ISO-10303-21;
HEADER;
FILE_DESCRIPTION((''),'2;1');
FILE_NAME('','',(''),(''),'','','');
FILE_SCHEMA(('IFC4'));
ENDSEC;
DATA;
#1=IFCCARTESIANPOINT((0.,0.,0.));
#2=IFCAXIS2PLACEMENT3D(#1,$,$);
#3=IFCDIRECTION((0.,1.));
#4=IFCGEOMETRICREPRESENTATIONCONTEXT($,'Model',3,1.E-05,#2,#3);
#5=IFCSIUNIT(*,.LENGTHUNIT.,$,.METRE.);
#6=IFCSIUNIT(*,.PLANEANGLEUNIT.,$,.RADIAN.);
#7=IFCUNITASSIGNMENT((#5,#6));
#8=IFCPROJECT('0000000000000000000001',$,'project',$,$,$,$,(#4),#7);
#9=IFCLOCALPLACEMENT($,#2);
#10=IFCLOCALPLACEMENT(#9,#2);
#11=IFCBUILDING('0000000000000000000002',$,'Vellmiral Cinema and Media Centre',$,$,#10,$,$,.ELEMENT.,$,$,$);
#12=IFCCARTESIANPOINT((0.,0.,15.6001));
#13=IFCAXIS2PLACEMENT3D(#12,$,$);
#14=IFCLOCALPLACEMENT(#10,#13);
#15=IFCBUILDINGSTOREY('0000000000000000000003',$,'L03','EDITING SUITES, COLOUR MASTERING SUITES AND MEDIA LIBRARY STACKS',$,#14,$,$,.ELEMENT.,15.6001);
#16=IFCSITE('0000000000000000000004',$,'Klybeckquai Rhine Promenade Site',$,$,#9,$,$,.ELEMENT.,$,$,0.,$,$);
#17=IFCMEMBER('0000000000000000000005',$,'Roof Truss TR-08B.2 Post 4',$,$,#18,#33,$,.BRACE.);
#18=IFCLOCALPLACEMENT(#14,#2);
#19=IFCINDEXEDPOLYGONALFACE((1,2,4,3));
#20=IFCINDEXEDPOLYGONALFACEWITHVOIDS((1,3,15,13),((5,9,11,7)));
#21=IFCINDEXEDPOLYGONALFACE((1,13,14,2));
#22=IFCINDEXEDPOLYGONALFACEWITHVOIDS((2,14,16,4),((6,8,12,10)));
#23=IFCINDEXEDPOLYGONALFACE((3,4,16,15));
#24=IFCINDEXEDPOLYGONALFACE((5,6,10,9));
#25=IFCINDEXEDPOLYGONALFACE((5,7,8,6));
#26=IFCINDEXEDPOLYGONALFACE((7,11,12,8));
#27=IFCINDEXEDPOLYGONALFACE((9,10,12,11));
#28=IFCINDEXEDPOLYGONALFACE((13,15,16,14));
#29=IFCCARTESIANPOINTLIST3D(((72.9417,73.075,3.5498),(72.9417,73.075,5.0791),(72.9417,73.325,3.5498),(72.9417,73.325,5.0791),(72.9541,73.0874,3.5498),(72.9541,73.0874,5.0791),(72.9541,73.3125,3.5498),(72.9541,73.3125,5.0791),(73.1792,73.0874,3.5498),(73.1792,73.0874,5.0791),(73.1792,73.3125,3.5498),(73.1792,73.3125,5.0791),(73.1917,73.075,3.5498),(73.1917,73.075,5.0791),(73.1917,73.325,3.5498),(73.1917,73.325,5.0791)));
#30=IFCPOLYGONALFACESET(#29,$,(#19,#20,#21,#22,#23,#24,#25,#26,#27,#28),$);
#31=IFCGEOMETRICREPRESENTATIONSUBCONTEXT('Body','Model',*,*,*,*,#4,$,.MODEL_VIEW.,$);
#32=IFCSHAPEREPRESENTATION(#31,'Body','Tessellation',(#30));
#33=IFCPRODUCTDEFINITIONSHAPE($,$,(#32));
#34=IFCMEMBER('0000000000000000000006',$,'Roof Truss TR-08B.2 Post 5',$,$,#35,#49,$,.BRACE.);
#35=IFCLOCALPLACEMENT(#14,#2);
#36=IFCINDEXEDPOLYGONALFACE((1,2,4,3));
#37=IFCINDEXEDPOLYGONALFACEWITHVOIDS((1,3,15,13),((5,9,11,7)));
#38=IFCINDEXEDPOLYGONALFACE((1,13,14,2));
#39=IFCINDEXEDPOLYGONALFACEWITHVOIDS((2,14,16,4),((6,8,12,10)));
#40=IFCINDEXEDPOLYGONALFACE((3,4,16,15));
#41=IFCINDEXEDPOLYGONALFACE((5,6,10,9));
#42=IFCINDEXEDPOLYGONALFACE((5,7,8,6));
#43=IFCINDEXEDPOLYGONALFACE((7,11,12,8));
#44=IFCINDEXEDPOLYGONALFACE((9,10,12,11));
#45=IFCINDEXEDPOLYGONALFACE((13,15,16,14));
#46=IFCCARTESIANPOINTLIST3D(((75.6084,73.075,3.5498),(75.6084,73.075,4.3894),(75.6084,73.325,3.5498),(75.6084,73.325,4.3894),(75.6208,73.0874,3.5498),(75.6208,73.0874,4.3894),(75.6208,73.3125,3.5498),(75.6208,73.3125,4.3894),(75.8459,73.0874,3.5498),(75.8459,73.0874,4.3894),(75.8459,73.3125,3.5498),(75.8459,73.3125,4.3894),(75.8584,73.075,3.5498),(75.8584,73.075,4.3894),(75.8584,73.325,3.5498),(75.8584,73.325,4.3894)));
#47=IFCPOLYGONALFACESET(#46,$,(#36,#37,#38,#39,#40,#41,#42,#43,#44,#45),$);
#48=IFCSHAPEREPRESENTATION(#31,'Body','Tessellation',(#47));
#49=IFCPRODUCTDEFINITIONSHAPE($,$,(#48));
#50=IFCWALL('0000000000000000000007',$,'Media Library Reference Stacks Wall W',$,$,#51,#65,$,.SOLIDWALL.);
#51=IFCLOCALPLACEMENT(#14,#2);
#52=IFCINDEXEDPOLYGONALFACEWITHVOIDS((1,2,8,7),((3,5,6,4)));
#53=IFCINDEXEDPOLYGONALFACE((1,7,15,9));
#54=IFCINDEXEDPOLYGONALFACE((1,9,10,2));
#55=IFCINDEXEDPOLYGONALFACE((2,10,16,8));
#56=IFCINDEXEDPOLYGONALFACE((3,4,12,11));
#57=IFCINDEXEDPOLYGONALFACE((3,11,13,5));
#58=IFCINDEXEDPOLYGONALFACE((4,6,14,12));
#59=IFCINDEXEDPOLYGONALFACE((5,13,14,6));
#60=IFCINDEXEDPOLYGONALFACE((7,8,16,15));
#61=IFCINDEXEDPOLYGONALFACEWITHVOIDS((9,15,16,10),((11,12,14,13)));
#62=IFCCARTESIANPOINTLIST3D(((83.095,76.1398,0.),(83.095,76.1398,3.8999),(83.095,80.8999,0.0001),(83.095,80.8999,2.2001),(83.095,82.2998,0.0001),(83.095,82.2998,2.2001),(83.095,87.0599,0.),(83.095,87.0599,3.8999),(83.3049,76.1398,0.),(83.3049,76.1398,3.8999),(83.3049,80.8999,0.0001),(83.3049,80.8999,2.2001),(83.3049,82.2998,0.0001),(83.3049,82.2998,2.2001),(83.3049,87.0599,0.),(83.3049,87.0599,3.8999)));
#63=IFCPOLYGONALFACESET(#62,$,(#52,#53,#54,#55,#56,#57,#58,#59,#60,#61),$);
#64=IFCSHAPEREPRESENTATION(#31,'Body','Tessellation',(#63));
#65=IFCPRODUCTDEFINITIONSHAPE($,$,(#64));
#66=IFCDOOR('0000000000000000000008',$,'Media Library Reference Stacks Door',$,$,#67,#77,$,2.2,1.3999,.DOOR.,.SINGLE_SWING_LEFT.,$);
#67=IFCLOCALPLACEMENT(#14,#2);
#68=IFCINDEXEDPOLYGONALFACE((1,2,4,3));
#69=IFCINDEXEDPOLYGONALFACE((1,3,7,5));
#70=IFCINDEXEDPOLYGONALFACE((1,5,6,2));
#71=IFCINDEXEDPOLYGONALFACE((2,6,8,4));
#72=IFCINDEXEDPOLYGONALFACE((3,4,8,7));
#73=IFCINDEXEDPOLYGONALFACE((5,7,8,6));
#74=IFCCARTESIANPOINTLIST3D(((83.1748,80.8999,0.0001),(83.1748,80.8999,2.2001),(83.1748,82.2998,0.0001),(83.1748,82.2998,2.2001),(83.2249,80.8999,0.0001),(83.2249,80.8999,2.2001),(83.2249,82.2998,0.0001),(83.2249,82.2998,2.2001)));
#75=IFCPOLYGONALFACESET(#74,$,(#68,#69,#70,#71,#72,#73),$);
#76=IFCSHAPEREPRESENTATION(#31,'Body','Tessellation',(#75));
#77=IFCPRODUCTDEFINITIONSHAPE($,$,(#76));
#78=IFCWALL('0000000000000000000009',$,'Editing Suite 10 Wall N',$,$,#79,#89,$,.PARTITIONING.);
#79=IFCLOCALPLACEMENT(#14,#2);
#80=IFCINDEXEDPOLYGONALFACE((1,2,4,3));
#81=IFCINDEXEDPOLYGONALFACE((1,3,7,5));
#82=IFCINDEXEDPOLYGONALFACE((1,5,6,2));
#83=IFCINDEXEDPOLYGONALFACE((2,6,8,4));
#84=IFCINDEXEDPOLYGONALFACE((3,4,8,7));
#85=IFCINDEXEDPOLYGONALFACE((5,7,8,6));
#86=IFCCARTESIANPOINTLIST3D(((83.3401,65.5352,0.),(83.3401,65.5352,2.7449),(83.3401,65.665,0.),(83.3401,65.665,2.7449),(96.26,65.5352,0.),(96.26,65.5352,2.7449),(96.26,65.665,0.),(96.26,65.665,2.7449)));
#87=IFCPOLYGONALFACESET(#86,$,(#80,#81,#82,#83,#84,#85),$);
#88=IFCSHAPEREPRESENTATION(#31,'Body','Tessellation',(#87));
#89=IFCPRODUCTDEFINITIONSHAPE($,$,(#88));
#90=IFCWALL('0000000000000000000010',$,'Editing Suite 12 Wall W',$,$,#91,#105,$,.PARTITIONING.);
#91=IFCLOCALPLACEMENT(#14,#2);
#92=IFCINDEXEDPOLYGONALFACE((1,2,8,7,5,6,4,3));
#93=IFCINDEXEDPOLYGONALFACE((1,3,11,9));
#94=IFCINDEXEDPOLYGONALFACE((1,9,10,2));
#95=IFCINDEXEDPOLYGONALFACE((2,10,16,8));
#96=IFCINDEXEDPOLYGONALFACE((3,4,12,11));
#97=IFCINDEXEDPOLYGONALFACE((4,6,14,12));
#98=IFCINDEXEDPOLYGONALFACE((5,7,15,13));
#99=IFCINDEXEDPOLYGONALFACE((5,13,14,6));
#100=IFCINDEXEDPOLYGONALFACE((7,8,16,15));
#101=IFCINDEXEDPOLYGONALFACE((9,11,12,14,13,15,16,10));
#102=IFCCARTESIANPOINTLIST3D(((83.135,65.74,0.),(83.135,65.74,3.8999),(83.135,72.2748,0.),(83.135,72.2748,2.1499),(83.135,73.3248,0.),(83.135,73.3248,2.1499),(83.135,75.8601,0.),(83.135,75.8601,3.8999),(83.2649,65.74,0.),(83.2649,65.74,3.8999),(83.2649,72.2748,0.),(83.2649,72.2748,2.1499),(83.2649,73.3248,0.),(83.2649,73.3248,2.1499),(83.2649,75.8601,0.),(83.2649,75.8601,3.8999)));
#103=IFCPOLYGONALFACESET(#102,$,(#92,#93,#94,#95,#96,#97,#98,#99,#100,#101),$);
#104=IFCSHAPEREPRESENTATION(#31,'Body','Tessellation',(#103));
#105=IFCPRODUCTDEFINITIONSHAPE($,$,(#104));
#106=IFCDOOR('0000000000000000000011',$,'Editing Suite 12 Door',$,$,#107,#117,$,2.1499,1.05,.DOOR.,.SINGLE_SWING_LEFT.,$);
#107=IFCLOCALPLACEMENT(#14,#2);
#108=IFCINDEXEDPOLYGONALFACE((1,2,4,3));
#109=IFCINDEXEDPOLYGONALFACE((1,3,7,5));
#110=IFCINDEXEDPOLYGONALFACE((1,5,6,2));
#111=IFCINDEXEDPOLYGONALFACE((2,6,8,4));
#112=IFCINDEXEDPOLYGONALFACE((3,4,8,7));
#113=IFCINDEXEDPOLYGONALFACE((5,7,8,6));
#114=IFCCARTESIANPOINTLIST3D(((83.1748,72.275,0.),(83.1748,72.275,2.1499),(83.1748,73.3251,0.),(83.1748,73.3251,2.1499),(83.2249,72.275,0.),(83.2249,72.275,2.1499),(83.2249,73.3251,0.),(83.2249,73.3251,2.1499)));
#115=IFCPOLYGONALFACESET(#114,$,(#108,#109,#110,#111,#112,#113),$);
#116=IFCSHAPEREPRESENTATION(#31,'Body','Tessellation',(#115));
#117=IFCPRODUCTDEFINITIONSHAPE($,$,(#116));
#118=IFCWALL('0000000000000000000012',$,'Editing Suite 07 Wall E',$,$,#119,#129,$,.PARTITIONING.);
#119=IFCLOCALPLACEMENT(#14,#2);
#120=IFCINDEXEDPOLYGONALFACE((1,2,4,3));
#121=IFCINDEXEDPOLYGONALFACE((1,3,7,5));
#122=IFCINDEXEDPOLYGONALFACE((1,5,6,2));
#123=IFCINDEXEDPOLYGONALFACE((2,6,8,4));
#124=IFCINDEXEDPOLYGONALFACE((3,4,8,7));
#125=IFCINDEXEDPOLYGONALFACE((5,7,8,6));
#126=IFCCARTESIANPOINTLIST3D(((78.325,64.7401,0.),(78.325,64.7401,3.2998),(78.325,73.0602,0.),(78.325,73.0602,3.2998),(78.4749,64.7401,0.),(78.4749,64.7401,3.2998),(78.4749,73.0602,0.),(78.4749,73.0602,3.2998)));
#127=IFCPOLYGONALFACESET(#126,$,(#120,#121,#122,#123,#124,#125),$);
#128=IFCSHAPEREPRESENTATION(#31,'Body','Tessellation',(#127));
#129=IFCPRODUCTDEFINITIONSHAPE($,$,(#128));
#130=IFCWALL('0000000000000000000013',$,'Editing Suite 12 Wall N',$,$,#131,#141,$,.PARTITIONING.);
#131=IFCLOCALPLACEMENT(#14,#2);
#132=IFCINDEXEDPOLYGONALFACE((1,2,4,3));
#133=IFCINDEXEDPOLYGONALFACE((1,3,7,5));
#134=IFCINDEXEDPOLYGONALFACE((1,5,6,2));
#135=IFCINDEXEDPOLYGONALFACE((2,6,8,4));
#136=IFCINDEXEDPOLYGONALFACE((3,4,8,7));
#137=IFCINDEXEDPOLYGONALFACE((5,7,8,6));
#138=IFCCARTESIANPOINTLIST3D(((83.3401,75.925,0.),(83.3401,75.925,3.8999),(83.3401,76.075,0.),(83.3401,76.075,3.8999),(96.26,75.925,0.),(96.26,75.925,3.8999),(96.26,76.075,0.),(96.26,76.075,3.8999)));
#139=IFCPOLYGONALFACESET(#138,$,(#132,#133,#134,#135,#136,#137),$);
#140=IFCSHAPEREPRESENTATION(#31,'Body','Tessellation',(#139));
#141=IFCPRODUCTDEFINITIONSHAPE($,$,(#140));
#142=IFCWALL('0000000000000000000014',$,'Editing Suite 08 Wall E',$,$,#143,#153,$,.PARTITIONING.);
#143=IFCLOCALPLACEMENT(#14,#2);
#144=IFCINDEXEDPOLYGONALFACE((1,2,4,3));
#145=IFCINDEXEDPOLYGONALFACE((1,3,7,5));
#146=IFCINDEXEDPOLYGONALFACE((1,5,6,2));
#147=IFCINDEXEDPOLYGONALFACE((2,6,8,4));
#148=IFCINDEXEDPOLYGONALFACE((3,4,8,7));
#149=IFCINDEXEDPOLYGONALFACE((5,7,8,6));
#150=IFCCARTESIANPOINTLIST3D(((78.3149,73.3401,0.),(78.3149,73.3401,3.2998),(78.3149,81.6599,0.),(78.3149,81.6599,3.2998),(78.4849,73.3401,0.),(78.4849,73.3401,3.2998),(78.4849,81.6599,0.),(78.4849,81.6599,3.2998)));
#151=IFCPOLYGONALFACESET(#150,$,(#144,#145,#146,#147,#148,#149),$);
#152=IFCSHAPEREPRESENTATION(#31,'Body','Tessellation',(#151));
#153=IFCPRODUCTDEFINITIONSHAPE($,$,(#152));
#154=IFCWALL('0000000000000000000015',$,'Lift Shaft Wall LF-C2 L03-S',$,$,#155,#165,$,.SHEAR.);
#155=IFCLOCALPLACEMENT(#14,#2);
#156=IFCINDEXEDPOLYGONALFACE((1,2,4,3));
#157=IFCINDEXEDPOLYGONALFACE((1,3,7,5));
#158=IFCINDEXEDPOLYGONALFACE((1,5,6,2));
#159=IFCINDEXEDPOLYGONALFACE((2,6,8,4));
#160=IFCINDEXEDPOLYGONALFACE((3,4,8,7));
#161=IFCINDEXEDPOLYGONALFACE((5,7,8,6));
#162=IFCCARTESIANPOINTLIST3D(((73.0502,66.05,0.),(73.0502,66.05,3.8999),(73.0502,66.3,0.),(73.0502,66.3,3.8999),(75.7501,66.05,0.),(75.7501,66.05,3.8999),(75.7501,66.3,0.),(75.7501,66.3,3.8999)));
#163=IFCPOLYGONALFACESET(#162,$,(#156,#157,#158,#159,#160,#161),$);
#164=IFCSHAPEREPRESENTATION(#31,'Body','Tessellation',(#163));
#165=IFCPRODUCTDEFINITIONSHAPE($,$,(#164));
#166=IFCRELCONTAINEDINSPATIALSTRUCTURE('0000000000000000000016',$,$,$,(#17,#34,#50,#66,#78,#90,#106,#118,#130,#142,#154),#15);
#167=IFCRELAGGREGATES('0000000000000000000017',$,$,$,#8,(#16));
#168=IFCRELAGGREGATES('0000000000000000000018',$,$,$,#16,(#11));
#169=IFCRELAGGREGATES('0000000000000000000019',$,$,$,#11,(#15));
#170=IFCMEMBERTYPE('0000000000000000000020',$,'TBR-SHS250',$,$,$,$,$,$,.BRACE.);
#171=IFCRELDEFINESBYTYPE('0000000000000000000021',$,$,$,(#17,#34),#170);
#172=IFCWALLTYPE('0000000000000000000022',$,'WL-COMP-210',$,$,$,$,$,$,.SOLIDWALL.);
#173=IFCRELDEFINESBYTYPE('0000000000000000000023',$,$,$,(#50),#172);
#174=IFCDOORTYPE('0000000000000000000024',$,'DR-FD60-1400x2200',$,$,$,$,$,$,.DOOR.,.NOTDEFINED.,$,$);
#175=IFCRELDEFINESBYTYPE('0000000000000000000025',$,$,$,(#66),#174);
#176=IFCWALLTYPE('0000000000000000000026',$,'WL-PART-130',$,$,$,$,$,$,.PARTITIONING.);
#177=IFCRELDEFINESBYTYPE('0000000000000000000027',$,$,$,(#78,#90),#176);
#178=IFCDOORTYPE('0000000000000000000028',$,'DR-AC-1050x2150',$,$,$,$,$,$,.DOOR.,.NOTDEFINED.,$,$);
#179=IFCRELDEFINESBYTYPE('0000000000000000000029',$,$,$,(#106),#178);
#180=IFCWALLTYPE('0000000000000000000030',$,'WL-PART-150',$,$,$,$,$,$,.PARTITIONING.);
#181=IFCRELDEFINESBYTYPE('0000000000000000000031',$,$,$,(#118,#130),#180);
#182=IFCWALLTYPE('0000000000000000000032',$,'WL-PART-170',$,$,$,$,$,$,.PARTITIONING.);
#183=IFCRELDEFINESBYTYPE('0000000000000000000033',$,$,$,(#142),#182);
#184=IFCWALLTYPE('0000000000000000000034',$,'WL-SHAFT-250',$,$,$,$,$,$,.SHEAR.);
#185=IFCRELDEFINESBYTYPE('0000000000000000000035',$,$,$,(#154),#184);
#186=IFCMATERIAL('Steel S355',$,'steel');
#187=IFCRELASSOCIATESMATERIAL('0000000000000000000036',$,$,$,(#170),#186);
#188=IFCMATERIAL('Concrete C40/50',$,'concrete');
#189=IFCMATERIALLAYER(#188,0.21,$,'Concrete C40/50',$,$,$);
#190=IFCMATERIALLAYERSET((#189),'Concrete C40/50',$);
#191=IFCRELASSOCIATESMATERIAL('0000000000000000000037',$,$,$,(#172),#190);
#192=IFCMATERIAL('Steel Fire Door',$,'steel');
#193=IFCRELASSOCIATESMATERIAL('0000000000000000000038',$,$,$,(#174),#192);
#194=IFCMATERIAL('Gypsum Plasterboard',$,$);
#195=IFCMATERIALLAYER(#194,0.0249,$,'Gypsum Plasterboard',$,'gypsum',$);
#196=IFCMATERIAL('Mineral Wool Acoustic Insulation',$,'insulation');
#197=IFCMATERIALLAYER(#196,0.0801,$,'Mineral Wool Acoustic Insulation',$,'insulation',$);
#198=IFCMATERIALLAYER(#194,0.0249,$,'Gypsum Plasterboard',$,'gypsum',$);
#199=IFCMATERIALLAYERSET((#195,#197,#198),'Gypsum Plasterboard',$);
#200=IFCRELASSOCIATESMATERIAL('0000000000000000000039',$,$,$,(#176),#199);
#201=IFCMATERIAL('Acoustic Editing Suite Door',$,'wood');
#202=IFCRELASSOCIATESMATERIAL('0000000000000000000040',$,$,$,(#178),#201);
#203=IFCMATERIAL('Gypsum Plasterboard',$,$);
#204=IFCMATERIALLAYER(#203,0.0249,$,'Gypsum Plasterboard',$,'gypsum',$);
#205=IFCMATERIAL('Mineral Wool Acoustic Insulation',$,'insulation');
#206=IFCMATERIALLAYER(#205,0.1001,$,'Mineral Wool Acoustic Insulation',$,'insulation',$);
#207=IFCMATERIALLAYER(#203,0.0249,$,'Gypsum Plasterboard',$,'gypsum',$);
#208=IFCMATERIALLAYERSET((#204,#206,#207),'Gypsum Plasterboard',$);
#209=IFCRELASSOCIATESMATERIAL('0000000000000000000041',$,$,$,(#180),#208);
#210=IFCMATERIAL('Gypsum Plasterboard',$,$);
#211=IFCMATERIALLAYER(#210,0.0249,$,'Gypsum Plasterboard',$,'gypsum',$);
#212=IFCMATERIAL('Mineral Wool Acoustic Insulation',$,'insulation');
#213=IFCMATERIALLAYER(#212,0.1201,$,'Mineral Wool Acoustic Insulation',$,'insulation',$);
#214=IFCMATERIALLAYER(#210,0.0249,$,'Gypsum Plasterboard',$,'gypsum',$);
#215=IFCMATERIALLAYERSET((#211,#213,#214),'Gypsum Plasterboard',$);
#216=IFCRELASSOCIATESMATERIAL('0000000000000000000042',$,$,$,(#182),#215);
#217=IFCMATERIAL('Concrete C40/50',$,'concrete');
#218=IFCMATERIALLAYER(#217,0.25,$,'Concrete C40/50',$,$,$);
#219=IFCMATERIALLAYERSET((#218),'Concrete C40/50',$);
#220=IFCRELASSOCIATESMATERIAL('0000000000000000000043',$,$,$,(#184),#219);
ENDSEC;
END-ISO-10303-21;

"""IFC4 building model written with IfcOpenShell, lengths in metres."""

from ifc_helpers import new_model, si_unit, direction, frame, frame_2d, origin, origin_2d, place, context, subcontext, project, spatial, rectangle, hollow_rectangle, extrude, material, layer, layer_set, material_profile, profile_set, type_object, element, fill, save


model = new_model("IFC4")

# Units and contexts
model_context = context("Model", 3, precision=1e-05, world=origin(), true_north=direction((0.0, 1.0)))
body_context = subcontext(model_context, "Body", "Model", "MODEL_VIEW")
ifc_project = project(units=[si_unit("LENGTHUNIT", "METRE"), si_unit("PLANEANGLEUNIT", "RADIAN")], contexts=[model_context])

# Site, building, storey
site_placement = place(None, origin())
site = spatial("IfcSite", under=ifc_project, at=site_placement, Name="Klybeckquai Rhine Promenade Site", CompositionType="ELEMENT", RefElevation=0.0)
building_placement = place(site_placement, origin())
building = spatial("IfcBuilding", under=site, at=building_placement, Name="Vellmiral Cinema and Media Centre", CompositionType="ELEMENT")
storey_placement = place(building_placement, frame((0.0, 0.0, 15.6001)))
storey = spatial("IfcBuildingStorey", under=building, at=storey_placement, Name="L03", Description="EDITING SUITES, COLOUR MASTERING SUITES AND MEDIA LIBRARY STACKS", CompositionType="ELEMENT", Elevation=15.6001)

# Members
ifc_material_1 = material(Name="Steel S355", Category="steel")
ifc_material_profile_1 = material_profile(ifc_material_1, hollow_rectangle(XDim=0.25, YDim=0.25, WallThickness=0.0125, at=origin_2d()), Name="SHS 250x250x12.5")
ifc_profile_set_1 = profile_set([ifc_material_profile_1], Name="Steel S355")
member_type_1 = type_object("IfcMemberType", Name="TBR-SHS250", PredefinedType="BRACE", material=ifc_profile_set_1)
member_1_placement = place(storey_placement, frame((73.0667, 73.2, 3.5498), z_axis=(0.0, 0.0, 1.0), x_axis=(1.0, 0.0, 0.0)))
element("IfcMember", 1, at=member_1_placement, inside=storey, type_object=member_type_1, Name="Roof Truss TR-08B.2 Post 4", PredefinedType="BRACE", context=body_context, shape_type="SweptSolid", body=[
    extrude(hollow_rectangle(XDim=0.25, YDim=0.25, WallThickness=0.0125, at=origin_2d()), origin(), (0.0, 0.0, 1.0), 1.5293),
])
member_2_placement = place(storey_placement, frame((75.7334, 73.2, 3.5498), z_axis=(0.0, 0.0, 1.0), x_axis=(1.0, 0.0, 0.0)))
element("IfcMember", 2, at=member_2_placement, inside=storey, type_object=member_type_1, Name="Roof Truss TR-08B.2 Post 5", PredefinedType="BRACE", context=body_context, shape_type="SweptSolid", body=[
    extrude(hollow_rectangle(XDim=0.25, YDim=0.25, WallThickness=0.0125, at=origin_2d()), origin(), (0.0, 0.0, 1.0), 0.8396),
])

# Wall, opening, door
ifc_material_2 = material(Name="Concrete C40/50", Category="concrete")
ifc_layer_1 = layer(ifc_material_2, 0.21, Name="Concrete C40/50")
ifc_layer_set_1 = layer_set([ifc_layer_1], Name="Concrete C40/50")
wall_type_1 = type_object("IfcWallType", Name="WL-COMP-210", PredefinedType="SOLIDWALL", material=ifc_layer_set_1)
wall_1_placement = place(storey_placement, frame((83.2, 76.1399, 0.0), z_axis=(0.0, 0.0, 1.0), x_axis=(0.0, 1.0, 0.0)))
wall_1 = element("IfcWall", 3, at=wall_1_placement, inside=storey, type_object=wall_type_1, Name="Media Library Reference Stacks Wall W", PredefinedType="SOLIDWALL", context=body_context, shape_type="SweptSolid", body=[
    extrude(rectangle(XDim=10.9202, YDim=0.21, at=frame_2d((5.46, 0.0))), origin(), (0.0, 0.0, 1.0), 3.8999),
])
opening_1_placement = place(wall_1_placement, frame((4.76, 0.0, 0.0)))
opening_1 = element("IfcOpeningElement", 4, at=opening_1_placement, cuts=wall_1, PredefinedType="OPENING", context=body_context, shape_type="SweptSolid", body=[
    extrude(rectangle(XDim=1.3999, YDim=2.2, at=frame_2d((0.7, 1.1001))), frame((0.0, 0.1169, 0.0), z_axis=(0.0, -1.0, 0.0), x_axis=(1.0, 0.0, 0.0)), (0.0, 0.0, 1.0), 0.2339),
])
ifc_material_3 = material(Name="Steel Fire Door", Category="steel")
door_type_1 = type_object("IfcDoorType", Name="DR-FD60-1400x2200", OperationType="NOTDEFINED", PredefinedType="DOOR", material=ifc_material_3)
door_1_placement = place(opening_1_placement, frame((1.3999, 0.0, 0.0), z_axis=(0.0, 0.0, 1.0), x_axis=(-1.0, 0.0, 0.0)))
door_1 = element("IfcDoor", 5, at=door_1_placement, inside=storey, type_object=door_type_1, Name="Media Library Reference Stacks Door", OperationType="SINGLE_SWING_LEFT", OverallHeight=2.2, OverallWidth=1.3999, PredefinedType="DOOR", context=body_context, shape_type="SweptSolid", body=[
    extrude(rectangle(XDim=1.3999, YDim=2.2, at=frame_2d((0.7, 1.1001))), frame((0.0, 0.0249, 0.0), z_axis=(0.0, -1.0, 0.0), x_axis=(1.0, 0.0, 0.0)), (0.0, 0.0, 1.0), 0.05),
])
fill(opening_1, door_1)

# Wall
ifc_material_4 = material(Name="Gypsum Plasterboard")
ifc_layer_2 = layer(ifc_material_4, 0.0249, Name="Gypsum Plasterboard", Category="gypsum")
ifc_material_5 = material(Name="Mineral Wool Acoustic Insulation", Category="insulation")
ifc_layer_3 = layer(ifc_material_5, 0.0801, Name="Mineral Wool Acoustic Insulation", Category="insulation")
ifc_layer_4 = layer(ifc_material_4, 0.0249, Name="Gypsum Plasterboard", Category="gypsum")
ifc_layer_set_2 = layer_set([ifc_layer_2, ifc_layer_3, ifc_layer_4], Name="Gypsum Plasterboard")
wall_type_2 = type_object("IfcWallType", Name="WL-PART-130", PredefinedType="PARTITIONING", material=ifc_layer_set_2)
wall_2_placement = place(storey_placement, frame((83.3401, 65.6001, 0.0), z_axis=(0.0, 0.0, 1.0), x_axis=(1.0, 0.0, 0.0)))
element("IfcWall", 6, at=wall_2_placement, inside=storey, type_object=wall_type_2, Name="Editing Suite 10 Wall N", PredefinedType="PARTITIONING", context=body_context, shape_type="SweptSolid", body=[
    extrude(rectangle(XDim=12.9199, YDim=0.1299, at=frame_2d((6.46, 0.0))), origin(), (0.0, 0.0, 1.0), 2.7449),
])

# Wall, opening, door
wall_3_placement = place(storey_placement, frame((83.2, 65.74, 0.0), z_axis=(0.0, 0.0, 1.0), x_axis=(0.0, 1.0, 0.0)))
wall_3 = element("IfcWall", 7, at=wall_3_placement, inside=storey, type_object=wall_type_2, Name="Editing Suite 12 Wall W", PredefinedType="PARTITIONING", context=body_context, shape_type="SweptSolid", body=[
    extrude(rectangle(XDim=10.1201, YDim=0.1299, at=frame_2d((5.0601, 0.0))), origin(), (0.0, 0.0, 1.0), 3.8999),
])
opening_2_placement = place(wall_3_placement, frame((6.5349, 0.0, 0.0)))
opening_2 = element("IfcOpeningElement", 8, at=opening_2_placement, cuts=wall_3, PredefinedType="OPENING", context=body_context, shape_type="SweptSolid", body=[
    extrude(rectangle(XDim=1.05, YDim=2.1499, at=frame_2d((0.5249, 1.075))), frame((0.0, 0.0769, 0.0), z_axis=(0.0, -1.0, 0.0), x_axis=(1.0, 0.0, 0.0)), (0.0, 0.0, 1.0), 0.1538),
])
ifc_material_6 = material(Name="Acoustic Editing Suite Door", Category="wood")
door_type_2 = type_object("IfcDoorType", Name="DR-AC-1050x2150", OperationType="NOTDEFINED", PredefinedType="DOOR", material=ifc_material_6)
door_2_placement = place(opening_2_placement, frame((1.05, 0.0, 0.0), z_axis=(0.0, 0.0, 1.0), x_axis=(-1.0, 0.0, 0.0)))
door_2 = element("IfcDoor", 9, at=door_2_placement, inside=storey, type_object=door_type_2, Name="Editing Suite 12 Door", OperationType="SINGLE_SWING_LEFT", OverallHeight=2.1499, OverallWidth=1.05, PredefinedType="DOOR", context=body_context, shape_type="SweptSolid", body=[
    extrude(rectangle(XDim=1.05, YDim=2.1499, at=frame_2d((0.5249, 1.075))), frame((0.0, 0.0249, 0.0), z_axis=(0.0, -1.0, 0.0), x_axis=(1.0, 0.0, 0.0)), (0.0, 0.0, 1.0), 0.05),
])
fill(opening_2, door_2)

# Walls
ifc_material_7 = material(Name="Gypsum Plasterboard")
ifc_layer_5 = layer(ifc_material_7, 0.0249, Name="Gypsum Plasterboard", Category="gypsum")
ifc_material_8 = material(Name="Mineral Wool Acoustic Insulation", Category="insulation")
ifc_layer_6 = layer(ifc_material_8, 0.1001, Name="Mineral Wool Acoustic Insulation", Category="insulation")
ifc_layer_7 = layer(ifc_material_7, 0.0249, Name="Gypsum Plasterboard", Category="gypsum")
ifc_layer_set_3 = layer_set([ifc_layer_5, ifc_layer_6, ifc_layer_7], Name="Gypsum Plasterboard")
wall_type_3 = type_object("IfcWallType", Name="WL-PART-150", PredefinedType="PARTITIONING", material=ifc_layer_set_3)
wall_4_placement = place(storey_placement, frame((78.3999, 64.74, 0.0), z_axis=(0.0, 0.0, 1.0), x_axis=(0.0, 1.0, 0.0)))
element("IfcWall", 10, at=wall_4_placement, inside=storey, type_object=wall_type_3, Name="Editing Suite 07 Wall E", PredefinedType="PARTITIONING", context=body_context, shape_type="SweptSolid", body=[
    extrude(rectangle(XDim=8.3201, YDim=0.1499, at=frame_2d((4.1602, 0.0))), origin(), (0.0, 0.0, 1.0), 3.2998),
])
wall_5_placement = place(storey_placement, frame((83.3401, 76.0, 0.0), z_axis=(0.0, 0.0, 1.0), x_axis=(1.0, 0.0, 0.0)))
element("IfcWall", 11, at=wall_5_placement, inside=storey, type_object=wall_type_3, Name="Editing Suite 12 Wall N", PredefinedType="PARTITIONING", context=body_context, shape_type="SweptSolid", body=[
    extrude(rectangle(XDim=12.9199, YDim=0.1499, at=frame_2d((6.46, 0.0))), origin(), (0.0, 0.0, 1.0), 3.8999),
])
ifc_material_9 = material(Name="Gypsum Plasterboard")
ifc_layer_8 = layer(ifc_material_9, 0.0249, Name="Gypsum Plasterboard", Category="gypsum")
ifc_material_10 = material(Name="Mineral Wool Acoustic Insulation", Category="insulation")
ifc_layer_9 = layer(ifc_material_10, 0.1201, Name="Mineral Wool Acoustic Insulation", Category="insulation")
ifc_layer_10 = layer(ifc_material_9, 0.0249, Name="Gypsum Plasterboard", Category="gypsum")
ifc_layer_set_4 = layer_set([ifc_layer_8, ifc_layer_9, ifc_layer_10], Name="Gypsum Plasterboard")
wall_type_4 = type_object("IfcWallType", Name="WL-PART-170", PredefinedType="PARTITIONING", material=ifc_layer_set_4)
wall_6_placement = place(storey_placement, frame((78.3999, 73.3401, 0.0), z_axis=(0.0, 0.0, 1.0), x_axis=(0.0, 1.0, 0.0)))
element("IfcWall", 12, at=wall_6_placement, inside=storey, type_object=wall_type_4, Name="Editing Suite 08 Wall E", PredefinedType="PARTITIONING", context=body_context, shape_type="SweptSolid", body=[
    extrude(rectangle(XDim=8.3198, YDim=0.1699, at=frame_2d((4.1599, 0.0))), origin(), (0.0, 0.0, 1.0), 3.2998),
])
ifc_material_11 = material(Name="Concrete C40/50", Category="concrete")
ifc_layer_11 = layer(ifc_material_11, 0.25, Name="Concrete C40/50")
ifc_layer_set_5 = layer_set([ifc_layer_11], Name="Concrete C40/50")
wall_type_5 = type_object("IfcWallType", Name="WL-SHAFT-250", PredefinedType="SHEAR", material=ifc_layer_set_5)
wall_7_placement = place(storey_placement, frame((73.05, 66.175, 0.0), z_axis=(0.0, 0.0, 1.0), x_axis=(1.0, 0.0, 0.0)))
element("IfcWall", 13, at=wall_7_placement, inside=storey, type_object=wall_type_5, Name="Lift Shaft Wall LF-C2 L03-S", PredefinedType="SHEAR", context=body_context, shape_type="SweptSolid", body=[
    extrude(rectangle(XDim=2.7, YDim=0.25, at=frame_2d((1.3501, 0.0))), origin(), (0.0, 0.0, 1.0), 3.8999),
])

save(model, "model.ifc")
